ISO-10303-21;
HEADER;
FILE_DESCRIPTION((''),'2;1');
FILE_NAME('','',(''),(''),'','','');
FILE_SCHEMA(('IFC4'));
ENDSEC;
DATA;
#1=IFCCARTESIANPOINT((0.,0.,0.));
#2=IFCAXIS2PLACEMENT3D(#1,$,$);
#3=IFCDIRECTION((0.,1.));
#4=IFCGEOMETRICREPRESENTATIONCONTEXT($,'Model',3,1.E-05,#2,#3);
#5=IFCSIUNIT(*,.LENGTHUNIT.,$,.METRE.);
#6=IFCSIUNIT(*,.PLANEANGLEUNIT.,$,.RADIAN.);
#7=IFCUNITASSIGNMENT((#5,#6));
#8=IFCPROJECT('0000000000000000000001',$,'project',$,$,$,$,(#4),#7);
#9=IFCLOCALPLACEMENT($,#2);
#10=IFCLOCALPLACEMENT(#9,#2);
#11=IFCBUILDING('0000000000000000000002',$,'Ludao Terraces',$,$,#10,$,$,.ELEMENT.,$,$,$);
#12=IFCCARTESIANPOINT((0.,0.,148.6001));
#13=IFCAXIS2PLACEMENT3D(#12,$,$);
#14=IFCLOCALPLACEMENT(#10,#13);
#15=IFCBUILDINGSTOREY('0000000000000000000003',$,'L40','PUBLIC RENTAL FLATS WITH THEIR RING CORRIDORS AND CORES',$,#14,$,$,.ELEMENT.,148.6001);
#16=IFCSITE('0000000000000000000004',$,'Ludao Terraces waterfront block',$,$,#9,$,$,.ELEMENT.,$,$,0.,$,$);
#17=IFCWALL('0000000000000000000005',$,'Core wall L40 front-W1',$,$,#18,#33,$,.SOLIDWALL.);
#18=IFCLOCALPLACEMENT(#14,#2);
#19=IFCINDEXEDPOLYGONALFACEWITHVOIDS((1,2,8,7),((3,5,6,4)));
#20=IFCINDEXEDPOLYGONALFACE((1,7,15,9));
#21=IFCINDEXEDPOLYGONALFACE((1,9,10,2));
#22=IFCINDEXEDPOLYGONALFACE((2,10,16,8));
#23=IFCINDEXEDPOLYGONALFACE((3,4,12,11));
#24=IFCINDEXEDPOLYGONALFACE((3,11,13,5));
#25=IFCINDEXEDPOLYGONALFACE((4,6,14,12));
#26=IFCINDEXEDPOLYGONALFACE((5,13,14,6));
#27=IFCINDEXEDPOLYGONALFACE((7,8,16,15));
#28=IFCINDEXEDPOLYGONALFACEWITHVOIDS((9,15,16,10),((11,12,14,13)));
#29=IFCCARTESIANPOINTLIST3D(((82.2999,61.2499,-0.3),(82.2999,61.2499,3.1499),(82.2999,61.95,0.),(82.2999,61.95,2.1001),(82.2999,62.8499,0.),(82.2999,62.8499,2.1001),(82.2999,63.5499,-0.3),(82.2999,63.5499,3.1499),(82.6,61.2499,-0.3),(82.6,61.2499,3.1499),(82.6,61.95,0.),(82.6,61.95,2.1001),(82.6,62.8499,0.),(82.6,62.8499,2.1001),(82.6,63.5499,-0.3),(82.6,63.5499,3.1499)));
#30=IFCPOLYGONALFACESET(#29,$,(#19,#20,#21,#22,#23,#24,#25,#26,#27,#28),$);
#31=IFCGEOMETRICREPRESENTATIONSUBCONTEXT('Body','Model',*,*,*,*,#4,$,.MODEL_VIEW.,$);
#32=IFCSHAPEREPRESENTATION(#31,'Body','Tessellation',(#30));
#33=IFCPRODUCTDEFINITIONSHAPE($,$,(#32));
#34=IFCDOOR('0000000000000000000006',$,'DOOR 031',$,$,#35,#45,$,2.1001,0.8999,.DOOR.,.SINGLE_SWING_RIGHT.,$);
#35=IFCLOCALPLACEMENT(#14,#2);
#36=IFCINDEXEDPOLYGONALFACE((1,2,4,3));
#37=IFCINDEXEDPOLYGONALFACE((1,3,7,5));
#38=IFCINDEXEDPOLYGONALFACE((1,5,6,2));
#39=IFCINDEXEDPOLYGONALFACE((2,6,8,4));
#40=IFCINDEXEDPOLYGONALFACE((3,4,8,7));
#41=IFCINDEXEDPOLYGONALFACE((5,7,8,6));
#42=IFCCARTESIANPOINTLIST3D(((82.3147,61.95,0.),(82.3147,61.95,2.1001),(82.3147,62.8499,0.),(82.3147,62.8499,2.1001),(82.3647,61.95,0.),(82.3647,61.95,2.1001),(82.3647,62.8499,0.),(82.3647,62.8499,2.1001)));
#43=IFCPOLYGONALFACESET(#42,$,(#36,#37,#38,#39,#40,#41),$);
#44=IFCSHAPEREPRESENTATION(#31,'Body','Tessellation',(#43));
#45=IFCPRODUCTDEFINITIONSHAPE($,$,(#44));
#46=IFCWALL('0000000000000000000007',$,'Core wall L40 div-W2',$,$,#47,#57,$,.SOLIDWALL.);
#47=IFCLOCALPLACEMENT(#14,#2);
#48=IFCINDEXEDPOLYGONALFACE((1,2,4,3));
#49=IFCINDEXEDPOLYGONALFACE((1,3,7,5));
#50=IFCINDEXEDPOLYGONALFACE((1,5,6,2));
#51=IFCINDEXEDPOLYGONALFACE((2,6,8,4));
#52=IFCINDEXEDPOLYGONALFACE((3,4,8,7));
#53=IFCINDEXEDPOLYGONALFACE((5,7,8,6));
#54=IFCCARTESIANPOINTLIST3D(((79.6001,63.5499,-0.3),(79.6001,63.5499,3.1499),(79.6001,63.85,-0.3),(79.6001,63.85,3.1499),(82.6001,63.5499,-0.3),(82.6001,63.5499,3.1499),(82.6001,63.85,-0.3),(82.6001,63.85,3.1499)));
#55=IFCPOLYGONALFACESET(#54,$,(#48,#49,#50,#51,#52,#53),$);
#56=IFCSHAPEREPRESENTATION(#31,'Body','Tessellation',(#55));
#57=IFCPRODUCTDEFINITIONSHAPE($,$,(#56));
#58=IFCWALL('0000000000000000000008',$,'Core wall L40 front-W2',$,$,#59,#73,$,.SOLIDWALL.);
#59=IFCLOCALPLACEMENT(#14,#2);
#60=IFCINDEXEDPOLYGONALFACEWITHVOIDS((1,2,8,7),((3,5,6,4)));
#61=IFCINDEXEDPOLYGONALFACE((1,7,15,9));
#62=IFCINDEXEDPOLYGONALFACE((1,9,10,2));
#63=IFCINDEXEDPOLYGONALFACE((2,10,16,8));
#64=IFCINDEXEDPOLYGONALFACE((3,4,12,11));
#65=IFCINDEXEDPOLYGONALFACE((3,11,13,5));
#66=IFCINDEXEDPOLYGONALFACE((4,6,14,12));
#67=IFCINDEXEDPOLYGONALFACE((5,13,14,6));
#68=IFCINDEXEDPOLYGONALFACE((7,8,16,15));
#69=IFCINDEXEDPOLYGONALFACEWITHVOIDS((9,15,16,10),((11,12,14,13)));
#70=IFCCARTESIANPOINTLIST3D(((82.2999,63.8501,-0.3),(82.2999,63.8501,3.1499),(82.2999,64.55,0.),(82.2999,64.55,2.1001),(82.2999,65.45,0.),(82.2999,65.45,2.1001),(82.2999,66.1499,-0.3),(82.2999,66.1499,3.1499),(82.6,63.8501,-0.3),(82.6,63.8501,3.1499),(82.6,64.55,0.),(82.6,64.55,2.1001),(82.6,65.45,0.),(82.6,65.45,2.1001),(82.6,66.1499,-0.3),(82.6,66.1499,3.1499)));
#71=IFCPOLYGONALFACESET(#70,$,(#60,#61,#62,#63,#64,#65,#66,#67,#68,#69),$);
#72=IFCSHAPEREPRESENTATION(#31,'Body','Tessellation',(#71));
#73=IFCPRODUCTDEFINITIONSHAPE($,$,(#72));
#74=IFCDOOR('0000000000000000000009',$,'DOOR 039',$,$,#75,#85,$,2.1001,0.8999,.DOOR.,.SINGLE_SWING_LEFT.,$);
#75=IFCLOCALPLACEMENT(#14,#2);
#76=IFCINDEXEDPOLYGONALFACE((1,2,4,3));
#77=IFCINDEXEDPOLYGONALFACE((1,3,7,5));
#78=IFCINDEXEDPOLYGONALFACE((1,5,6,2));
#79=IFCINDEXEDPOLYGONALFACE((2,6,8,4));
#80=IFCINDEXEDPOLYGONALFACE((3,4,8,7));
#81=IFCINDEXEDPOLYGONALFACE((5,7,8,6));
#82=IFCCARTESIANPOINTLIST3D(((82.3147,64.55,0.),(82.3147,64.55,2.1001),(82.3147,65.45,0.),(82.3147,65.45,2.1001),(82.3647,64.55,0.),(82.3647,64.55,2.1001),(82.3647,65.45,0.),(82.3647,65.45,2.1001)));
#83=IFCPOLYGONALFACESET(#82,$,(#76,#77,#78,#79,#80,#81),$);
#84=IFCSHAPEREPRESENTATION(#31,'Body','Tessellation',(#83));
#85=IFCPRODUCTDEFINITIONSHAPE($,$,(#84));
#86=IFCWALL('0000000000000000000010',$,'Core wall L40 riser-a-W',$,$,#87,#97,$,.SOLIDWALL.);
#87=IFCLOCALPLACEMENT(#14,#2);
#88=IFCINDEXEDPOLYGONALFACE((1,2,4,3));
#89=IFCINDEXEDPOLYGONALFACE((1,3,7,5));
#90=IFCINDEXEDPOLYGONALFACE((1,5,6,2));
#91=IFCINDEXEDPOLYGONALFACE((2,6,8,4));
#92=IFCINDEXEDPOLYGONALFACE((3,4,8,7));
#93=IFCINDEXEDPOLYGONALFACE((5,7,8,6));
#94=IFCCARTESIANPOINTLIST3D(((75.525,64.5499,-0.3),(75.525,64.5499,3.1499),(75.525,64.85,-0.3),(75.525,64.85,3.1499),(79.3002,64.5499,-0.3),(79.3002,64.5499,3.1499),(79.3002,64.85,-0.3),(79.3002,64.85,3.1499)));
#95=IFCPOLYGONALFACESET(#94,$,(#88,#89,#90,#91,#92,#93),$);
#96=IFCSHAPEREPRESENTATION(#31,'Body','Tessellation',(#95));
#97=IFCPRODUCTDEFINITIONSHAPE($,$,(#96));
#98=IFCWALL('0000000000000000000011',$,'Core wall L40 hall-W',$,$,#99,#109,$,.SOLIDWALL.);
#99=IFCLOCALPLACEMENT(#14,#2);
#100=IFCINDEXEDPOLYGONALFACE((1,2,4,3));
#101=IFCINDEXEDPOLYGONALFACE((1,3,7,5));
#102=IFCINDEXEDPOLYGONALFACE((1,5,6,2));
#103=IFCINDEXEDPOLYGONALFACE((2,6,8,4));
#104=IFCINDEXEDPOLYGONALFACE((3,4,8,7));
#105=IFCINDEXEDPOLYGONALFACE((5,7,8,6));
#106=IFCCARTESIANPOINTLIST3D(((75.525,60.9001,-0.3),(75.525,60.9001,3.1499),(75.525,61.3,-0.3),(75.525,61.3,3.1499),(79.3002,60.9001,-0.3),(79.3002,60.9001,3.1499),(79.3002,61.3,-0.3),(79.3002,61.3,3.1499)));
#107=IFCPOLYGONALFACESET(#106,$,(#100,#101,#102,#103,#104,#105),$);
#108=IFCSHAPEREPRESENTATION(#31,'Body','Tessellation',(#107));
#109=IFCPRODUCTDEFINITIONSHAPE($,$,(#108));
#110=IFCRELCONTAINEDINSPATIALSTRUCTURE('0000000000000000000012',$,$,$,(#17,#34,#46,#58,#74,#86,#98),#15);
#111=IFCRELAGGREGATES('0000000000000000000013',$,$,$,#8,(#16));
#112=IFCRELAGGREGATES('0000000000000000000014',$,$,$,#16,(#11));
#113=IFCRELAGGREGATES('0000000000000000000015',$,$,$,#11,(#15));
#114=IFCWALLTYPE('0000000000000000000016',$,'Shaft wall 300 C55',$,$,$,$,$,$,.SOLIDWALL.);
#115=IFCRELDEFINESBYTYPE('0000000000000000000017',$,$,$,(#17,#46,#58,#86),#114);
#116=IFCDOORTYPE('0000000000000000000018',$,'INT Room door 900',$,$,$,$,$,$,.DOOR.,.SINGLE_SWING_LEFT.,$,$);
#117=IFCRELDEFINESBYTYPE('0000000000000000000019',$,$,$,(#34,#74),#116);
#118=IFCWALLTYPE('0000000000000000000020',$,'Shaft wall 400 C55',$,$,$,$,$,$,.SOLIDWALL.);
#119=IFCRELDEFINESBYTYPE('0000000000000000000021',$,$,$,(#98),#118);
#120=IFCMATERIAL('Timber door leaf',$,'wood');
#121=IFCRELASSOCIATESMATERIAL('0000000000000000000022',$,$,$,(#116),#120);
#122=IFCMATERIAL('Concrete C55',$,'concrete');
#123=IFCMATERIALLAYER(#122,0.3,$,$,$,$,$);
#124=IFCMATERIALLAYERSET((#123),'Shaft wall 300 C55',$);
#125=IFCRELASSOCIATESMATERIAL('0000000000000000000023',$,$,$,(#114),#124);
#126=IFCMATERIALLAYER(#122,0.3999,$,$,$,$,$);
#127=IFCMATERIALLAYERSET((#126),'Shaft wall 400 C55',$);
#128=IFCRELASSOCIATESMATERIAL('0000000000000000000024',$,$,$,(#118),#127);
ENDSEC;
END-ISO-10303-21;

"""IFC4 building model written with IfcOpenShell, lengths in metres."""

from ifc_helpers import new_model, si_unit, direction, frame, frame_2d, origin, place, context, subcontext, project, spatial, rectangle, extrude, material, layer, layer_set, type_object, element, fill, save


model = new_model("IFC4")

# Units and contexts
model_context = context("Model", 3, precision=1e-05, world=origin(), true_north=direction((0.0, 1.0)))
body_context = subcontext(model_context, "Body", "Model", "MODEL_VIEW")
ifc_project = project(units=[si_unit("LENGTHUNIT", "METRE"), si_unit("PLANEANGLEUNIT", "RADIAN")], contexts=[model_context])

# Site, building, storey
site_placement = place(None, origin())
site = spatial("IfcSite", under=ifc_project, at=site_placement, Name="Ludao Terraces waterfront block", CompositionType="ELEMENT", RefElevation=0.0)
building_placement = place(site_placement, origin())
building = spatial("IfcBuilding", under=site, at=building_placement, Name="Ludao Terraces", CompositionType="ELEMENT")
storey_placement = place(building_placement, frame((0.0, 0.0, 148.6001)))
storey = spatial("IfcBuildingStorey", under=building, at=storey_placement, Name="L40", Description="PUBLIC RENTAL FLATS WITH THEIR RING CORRIDORS AND CORES", CompositionType="ELEMENT", Elevation=148.6001)

# Shared definitions
ifc_material_1 = material(Name="Timber door leaf", Category="wood")
door_type_1 = type_object("IfcDoorType", Name="INT Room door 900", OperationType="SINGLE_SWING_LEFT", PredefinedType="DOOR", material=ifc_material_1)

# Shared definitions
ifc_material_2 = material(Name="Concrete C55", Category="concrete")
ifc_layer_1 = layer(ifc_material_2, 0.3)
ifc_layer_set_1 = layer_set([ifc_layer_1], Name="Shaft wall 300 C55")
wall_type_1 = type_object("IfcWallType", Name="Shaft wall 300 C55", PredefinedType="SOLIDWALL", material=ifc_layer_set_1)

# Wall, opening, door
wall_1_placement = place(storey_placement, frame((82.45, 61.25, -0.3), z_axis=(0.0, 0.0, 1.0), x_axis=(0.0, 1.0, 0.0)))
wall_1 = element("IfcWall", 1, at=wall_1_placement, inside=storey, type_object=wall_type_1, Name="Core wall L40 front-W1", PredefinedType="SOLIDWALL", context=body_context, shape_type="SweptSolid", body=[
    extrude(rectangle(XDim=2.3, YDim=0.3, at=frame_2d((1.1499, 0.0))), origin(), (0.0, 0.0, 1.0), 3.45),
])
opening_1_placement = place(wall_1_placement, frame((0.7, 0.0, 0.3)))
opening_1 = element("IfcOpeningElement", 2, at=opening_1_placement, cuts=wall_1, PredefinedType="OPENING", context=body_context, shape_type="SweptSolid", body=[
    extrude(rectangle(XDim=0.8999, YDim=2.1001, at=frame_2d((0.45, 1.05))), frame((0.0, 0.1602, 0.0), z_axis=(0.0, -1.0, 0.0), x_axis=(1.0, 0.0, 0.0)), (0.0, 0.0, 1.0), 0.3201),
])
door_1_placement = place(opening_1_placement, origin())
door_1 = element("IfcDoor", 3, at=door_1_placement, inside=storey, type_object=door_type_1, Name="DOOR 031", OperationType="SINGLE_SWING_RIGHT", OverallHeight=2.1001, OverallWidth=0.8999, PredefinedType="DOOR", context=body_context, shape_type="SweptSolid", body=[
    extrude(rectangle(XDim=0.8999, YDim=2.1001, at=frame_2d((0.45, 1.05))), frame((0.0, 0.1353, 0.0), z_axis=(0.0, -1.0, 0.0), x_axis=(1.0, 0.0, 0.0)), (0.0, 0.0, 1.0), 0.05),
])
fill(opening_1, door_1)

# Wall
wall_2_placement = place(storey_placement, frame((79.6001, 63.7, -0.3), z_axis=(0.0, 0.0, 1.0), x_axis=(1.0, 0.0, 0.0)))
element("IfcWall", 4, at=wall_2_placement, inside=storey, type_object=wall_type_1, Name="Core wall L40 div-W2", PredefinedType="SOLIDWALL", context=body_context, shape_type="SweptSolid", body=[
    extrude(rectangle(XDim=3.0, YDim=0.3, at=frame_2d((1.5, 0.0))), origin(), (0.0, 0.0, 1.0), 3.45),
])

# Wall, opening, door
wall_3_placement = place(storey_placement, frame((82.45, 63.8501, -0.3), z_axis=(0.0, 0.0, 1.0), x_axis=(0.0, 1.0, 0.0)))
wall_3 = element("IfcWall", 5, at=wall_3_placement, inside=storey, type_object=wall_type_1, Name="Core wall L40 front-W2", PredefinedType="SOLIDWALL", context=body_context, shape_type="SweptSolid", body=[
    extrude(rectangle(XDim=2.2998, YDim=0.3, at=frame_2d((1.1499, 0.0))), origin(), (0.0, 0.0, 1.0), 3.45),
])
opening_2_placement = place(wall_3_placement, frame((0.7, 0.0, 0.3)))
opening_2 = element("IfcOpeningElement", 6, at=opening_2_placement, cuts=wall_3, PredefinedType="OPENING", context=body_context, shape_type="SweptSolid", body=[
    extrude(rectangle(XDim=0.8999, YDim=2.1001, at=frame_2d((0.45, 1.05))), frame((0.0, 0.1602, 0.0), z_axis=(0.0, -1.0, 0.0), x_axis=(1.0, 0.0, 0.0)), (0.0, 0.0, 1.0), 0.3201),
])
door_2_placement = place(opening_2_placement, origin())
door_2 = element("IfcDoor", 7, at=door_2_placement, inside=storey, type_object=door_type_1, Name="DOOR 039", OperationType="SINGLE_SWING_LEFT", OverallHeight=2.1001, OverallWidth=0.8999, PredefinedType="DOOR", context=body_context, shape_type="SweptSolid", body=[
    extrude(rectangle(XDim=0.8999, YDim=2.1001, at=frame_2d((0.45, 1.05))), frame((0.0, 0.1353, 0.0), z_axis=(0.0, -1.0, 0.0), x_axis=(1.0, 0.0, 0.0)), (0.0, 0.0, 1.0), 0.05),
])
fill(opening_2, door_2)

# Walls
wall_4_placement = place(storey_placement, frame((75.5249, 64.7, -0.3), z_axis=(0.0, 0.0, 1.0), x_axis=(1.0, 0.0, 0.0)))
element("IfcWall", 8, at=wall_4_placement, inside=storey, type_object=wall_type_1, Name="Core wall L40 riser-a-W", PredefinedType="SOLIDWALL", context=body_context, shape_type="SweptSolid", body=[
    extrude(rectangle(XDim=3.7751, YDim=0.3, at=frame_2d((1.8877, 0.0))), origin(), (0.0, 0.0, 1.0), 3.45),
])
ifc_layer_2 = layer(ifc_material_2, 0.3999)
ifc_layer_set_2 = layer_set([ifc_layer_2], Name="Shaft wall 400 C55")
wall_type_2 = type_object("IfcWallType", Name="Shaft wall 400 C55", PredefinedType="SOLIDWALL", material=ifc_layer_set_2)
wall_5_placement = place(storey_placement, frame((75.5249, 61.1001, -0.3), z_axis=(0.0, 0.0, 1.0), x_axis=(1.0, 0.0, 0.0)))
element("IfcWall", 9, at=wall_5_placement, inside=storey, type_object=wall_type_2, Name="Core wall L40 hall-W", PredefinedType="SOLIDWALL", context=body_context, shape_type="SweptSolid", body=[
    extrude(rectangle(XDim=3.7751, YDim=0.3999, at=frame_2d((1.8877, 0.0))), origin(), (0.0, 0.0, 1.0), 3.45),
])

save(model, "model.ifc")
